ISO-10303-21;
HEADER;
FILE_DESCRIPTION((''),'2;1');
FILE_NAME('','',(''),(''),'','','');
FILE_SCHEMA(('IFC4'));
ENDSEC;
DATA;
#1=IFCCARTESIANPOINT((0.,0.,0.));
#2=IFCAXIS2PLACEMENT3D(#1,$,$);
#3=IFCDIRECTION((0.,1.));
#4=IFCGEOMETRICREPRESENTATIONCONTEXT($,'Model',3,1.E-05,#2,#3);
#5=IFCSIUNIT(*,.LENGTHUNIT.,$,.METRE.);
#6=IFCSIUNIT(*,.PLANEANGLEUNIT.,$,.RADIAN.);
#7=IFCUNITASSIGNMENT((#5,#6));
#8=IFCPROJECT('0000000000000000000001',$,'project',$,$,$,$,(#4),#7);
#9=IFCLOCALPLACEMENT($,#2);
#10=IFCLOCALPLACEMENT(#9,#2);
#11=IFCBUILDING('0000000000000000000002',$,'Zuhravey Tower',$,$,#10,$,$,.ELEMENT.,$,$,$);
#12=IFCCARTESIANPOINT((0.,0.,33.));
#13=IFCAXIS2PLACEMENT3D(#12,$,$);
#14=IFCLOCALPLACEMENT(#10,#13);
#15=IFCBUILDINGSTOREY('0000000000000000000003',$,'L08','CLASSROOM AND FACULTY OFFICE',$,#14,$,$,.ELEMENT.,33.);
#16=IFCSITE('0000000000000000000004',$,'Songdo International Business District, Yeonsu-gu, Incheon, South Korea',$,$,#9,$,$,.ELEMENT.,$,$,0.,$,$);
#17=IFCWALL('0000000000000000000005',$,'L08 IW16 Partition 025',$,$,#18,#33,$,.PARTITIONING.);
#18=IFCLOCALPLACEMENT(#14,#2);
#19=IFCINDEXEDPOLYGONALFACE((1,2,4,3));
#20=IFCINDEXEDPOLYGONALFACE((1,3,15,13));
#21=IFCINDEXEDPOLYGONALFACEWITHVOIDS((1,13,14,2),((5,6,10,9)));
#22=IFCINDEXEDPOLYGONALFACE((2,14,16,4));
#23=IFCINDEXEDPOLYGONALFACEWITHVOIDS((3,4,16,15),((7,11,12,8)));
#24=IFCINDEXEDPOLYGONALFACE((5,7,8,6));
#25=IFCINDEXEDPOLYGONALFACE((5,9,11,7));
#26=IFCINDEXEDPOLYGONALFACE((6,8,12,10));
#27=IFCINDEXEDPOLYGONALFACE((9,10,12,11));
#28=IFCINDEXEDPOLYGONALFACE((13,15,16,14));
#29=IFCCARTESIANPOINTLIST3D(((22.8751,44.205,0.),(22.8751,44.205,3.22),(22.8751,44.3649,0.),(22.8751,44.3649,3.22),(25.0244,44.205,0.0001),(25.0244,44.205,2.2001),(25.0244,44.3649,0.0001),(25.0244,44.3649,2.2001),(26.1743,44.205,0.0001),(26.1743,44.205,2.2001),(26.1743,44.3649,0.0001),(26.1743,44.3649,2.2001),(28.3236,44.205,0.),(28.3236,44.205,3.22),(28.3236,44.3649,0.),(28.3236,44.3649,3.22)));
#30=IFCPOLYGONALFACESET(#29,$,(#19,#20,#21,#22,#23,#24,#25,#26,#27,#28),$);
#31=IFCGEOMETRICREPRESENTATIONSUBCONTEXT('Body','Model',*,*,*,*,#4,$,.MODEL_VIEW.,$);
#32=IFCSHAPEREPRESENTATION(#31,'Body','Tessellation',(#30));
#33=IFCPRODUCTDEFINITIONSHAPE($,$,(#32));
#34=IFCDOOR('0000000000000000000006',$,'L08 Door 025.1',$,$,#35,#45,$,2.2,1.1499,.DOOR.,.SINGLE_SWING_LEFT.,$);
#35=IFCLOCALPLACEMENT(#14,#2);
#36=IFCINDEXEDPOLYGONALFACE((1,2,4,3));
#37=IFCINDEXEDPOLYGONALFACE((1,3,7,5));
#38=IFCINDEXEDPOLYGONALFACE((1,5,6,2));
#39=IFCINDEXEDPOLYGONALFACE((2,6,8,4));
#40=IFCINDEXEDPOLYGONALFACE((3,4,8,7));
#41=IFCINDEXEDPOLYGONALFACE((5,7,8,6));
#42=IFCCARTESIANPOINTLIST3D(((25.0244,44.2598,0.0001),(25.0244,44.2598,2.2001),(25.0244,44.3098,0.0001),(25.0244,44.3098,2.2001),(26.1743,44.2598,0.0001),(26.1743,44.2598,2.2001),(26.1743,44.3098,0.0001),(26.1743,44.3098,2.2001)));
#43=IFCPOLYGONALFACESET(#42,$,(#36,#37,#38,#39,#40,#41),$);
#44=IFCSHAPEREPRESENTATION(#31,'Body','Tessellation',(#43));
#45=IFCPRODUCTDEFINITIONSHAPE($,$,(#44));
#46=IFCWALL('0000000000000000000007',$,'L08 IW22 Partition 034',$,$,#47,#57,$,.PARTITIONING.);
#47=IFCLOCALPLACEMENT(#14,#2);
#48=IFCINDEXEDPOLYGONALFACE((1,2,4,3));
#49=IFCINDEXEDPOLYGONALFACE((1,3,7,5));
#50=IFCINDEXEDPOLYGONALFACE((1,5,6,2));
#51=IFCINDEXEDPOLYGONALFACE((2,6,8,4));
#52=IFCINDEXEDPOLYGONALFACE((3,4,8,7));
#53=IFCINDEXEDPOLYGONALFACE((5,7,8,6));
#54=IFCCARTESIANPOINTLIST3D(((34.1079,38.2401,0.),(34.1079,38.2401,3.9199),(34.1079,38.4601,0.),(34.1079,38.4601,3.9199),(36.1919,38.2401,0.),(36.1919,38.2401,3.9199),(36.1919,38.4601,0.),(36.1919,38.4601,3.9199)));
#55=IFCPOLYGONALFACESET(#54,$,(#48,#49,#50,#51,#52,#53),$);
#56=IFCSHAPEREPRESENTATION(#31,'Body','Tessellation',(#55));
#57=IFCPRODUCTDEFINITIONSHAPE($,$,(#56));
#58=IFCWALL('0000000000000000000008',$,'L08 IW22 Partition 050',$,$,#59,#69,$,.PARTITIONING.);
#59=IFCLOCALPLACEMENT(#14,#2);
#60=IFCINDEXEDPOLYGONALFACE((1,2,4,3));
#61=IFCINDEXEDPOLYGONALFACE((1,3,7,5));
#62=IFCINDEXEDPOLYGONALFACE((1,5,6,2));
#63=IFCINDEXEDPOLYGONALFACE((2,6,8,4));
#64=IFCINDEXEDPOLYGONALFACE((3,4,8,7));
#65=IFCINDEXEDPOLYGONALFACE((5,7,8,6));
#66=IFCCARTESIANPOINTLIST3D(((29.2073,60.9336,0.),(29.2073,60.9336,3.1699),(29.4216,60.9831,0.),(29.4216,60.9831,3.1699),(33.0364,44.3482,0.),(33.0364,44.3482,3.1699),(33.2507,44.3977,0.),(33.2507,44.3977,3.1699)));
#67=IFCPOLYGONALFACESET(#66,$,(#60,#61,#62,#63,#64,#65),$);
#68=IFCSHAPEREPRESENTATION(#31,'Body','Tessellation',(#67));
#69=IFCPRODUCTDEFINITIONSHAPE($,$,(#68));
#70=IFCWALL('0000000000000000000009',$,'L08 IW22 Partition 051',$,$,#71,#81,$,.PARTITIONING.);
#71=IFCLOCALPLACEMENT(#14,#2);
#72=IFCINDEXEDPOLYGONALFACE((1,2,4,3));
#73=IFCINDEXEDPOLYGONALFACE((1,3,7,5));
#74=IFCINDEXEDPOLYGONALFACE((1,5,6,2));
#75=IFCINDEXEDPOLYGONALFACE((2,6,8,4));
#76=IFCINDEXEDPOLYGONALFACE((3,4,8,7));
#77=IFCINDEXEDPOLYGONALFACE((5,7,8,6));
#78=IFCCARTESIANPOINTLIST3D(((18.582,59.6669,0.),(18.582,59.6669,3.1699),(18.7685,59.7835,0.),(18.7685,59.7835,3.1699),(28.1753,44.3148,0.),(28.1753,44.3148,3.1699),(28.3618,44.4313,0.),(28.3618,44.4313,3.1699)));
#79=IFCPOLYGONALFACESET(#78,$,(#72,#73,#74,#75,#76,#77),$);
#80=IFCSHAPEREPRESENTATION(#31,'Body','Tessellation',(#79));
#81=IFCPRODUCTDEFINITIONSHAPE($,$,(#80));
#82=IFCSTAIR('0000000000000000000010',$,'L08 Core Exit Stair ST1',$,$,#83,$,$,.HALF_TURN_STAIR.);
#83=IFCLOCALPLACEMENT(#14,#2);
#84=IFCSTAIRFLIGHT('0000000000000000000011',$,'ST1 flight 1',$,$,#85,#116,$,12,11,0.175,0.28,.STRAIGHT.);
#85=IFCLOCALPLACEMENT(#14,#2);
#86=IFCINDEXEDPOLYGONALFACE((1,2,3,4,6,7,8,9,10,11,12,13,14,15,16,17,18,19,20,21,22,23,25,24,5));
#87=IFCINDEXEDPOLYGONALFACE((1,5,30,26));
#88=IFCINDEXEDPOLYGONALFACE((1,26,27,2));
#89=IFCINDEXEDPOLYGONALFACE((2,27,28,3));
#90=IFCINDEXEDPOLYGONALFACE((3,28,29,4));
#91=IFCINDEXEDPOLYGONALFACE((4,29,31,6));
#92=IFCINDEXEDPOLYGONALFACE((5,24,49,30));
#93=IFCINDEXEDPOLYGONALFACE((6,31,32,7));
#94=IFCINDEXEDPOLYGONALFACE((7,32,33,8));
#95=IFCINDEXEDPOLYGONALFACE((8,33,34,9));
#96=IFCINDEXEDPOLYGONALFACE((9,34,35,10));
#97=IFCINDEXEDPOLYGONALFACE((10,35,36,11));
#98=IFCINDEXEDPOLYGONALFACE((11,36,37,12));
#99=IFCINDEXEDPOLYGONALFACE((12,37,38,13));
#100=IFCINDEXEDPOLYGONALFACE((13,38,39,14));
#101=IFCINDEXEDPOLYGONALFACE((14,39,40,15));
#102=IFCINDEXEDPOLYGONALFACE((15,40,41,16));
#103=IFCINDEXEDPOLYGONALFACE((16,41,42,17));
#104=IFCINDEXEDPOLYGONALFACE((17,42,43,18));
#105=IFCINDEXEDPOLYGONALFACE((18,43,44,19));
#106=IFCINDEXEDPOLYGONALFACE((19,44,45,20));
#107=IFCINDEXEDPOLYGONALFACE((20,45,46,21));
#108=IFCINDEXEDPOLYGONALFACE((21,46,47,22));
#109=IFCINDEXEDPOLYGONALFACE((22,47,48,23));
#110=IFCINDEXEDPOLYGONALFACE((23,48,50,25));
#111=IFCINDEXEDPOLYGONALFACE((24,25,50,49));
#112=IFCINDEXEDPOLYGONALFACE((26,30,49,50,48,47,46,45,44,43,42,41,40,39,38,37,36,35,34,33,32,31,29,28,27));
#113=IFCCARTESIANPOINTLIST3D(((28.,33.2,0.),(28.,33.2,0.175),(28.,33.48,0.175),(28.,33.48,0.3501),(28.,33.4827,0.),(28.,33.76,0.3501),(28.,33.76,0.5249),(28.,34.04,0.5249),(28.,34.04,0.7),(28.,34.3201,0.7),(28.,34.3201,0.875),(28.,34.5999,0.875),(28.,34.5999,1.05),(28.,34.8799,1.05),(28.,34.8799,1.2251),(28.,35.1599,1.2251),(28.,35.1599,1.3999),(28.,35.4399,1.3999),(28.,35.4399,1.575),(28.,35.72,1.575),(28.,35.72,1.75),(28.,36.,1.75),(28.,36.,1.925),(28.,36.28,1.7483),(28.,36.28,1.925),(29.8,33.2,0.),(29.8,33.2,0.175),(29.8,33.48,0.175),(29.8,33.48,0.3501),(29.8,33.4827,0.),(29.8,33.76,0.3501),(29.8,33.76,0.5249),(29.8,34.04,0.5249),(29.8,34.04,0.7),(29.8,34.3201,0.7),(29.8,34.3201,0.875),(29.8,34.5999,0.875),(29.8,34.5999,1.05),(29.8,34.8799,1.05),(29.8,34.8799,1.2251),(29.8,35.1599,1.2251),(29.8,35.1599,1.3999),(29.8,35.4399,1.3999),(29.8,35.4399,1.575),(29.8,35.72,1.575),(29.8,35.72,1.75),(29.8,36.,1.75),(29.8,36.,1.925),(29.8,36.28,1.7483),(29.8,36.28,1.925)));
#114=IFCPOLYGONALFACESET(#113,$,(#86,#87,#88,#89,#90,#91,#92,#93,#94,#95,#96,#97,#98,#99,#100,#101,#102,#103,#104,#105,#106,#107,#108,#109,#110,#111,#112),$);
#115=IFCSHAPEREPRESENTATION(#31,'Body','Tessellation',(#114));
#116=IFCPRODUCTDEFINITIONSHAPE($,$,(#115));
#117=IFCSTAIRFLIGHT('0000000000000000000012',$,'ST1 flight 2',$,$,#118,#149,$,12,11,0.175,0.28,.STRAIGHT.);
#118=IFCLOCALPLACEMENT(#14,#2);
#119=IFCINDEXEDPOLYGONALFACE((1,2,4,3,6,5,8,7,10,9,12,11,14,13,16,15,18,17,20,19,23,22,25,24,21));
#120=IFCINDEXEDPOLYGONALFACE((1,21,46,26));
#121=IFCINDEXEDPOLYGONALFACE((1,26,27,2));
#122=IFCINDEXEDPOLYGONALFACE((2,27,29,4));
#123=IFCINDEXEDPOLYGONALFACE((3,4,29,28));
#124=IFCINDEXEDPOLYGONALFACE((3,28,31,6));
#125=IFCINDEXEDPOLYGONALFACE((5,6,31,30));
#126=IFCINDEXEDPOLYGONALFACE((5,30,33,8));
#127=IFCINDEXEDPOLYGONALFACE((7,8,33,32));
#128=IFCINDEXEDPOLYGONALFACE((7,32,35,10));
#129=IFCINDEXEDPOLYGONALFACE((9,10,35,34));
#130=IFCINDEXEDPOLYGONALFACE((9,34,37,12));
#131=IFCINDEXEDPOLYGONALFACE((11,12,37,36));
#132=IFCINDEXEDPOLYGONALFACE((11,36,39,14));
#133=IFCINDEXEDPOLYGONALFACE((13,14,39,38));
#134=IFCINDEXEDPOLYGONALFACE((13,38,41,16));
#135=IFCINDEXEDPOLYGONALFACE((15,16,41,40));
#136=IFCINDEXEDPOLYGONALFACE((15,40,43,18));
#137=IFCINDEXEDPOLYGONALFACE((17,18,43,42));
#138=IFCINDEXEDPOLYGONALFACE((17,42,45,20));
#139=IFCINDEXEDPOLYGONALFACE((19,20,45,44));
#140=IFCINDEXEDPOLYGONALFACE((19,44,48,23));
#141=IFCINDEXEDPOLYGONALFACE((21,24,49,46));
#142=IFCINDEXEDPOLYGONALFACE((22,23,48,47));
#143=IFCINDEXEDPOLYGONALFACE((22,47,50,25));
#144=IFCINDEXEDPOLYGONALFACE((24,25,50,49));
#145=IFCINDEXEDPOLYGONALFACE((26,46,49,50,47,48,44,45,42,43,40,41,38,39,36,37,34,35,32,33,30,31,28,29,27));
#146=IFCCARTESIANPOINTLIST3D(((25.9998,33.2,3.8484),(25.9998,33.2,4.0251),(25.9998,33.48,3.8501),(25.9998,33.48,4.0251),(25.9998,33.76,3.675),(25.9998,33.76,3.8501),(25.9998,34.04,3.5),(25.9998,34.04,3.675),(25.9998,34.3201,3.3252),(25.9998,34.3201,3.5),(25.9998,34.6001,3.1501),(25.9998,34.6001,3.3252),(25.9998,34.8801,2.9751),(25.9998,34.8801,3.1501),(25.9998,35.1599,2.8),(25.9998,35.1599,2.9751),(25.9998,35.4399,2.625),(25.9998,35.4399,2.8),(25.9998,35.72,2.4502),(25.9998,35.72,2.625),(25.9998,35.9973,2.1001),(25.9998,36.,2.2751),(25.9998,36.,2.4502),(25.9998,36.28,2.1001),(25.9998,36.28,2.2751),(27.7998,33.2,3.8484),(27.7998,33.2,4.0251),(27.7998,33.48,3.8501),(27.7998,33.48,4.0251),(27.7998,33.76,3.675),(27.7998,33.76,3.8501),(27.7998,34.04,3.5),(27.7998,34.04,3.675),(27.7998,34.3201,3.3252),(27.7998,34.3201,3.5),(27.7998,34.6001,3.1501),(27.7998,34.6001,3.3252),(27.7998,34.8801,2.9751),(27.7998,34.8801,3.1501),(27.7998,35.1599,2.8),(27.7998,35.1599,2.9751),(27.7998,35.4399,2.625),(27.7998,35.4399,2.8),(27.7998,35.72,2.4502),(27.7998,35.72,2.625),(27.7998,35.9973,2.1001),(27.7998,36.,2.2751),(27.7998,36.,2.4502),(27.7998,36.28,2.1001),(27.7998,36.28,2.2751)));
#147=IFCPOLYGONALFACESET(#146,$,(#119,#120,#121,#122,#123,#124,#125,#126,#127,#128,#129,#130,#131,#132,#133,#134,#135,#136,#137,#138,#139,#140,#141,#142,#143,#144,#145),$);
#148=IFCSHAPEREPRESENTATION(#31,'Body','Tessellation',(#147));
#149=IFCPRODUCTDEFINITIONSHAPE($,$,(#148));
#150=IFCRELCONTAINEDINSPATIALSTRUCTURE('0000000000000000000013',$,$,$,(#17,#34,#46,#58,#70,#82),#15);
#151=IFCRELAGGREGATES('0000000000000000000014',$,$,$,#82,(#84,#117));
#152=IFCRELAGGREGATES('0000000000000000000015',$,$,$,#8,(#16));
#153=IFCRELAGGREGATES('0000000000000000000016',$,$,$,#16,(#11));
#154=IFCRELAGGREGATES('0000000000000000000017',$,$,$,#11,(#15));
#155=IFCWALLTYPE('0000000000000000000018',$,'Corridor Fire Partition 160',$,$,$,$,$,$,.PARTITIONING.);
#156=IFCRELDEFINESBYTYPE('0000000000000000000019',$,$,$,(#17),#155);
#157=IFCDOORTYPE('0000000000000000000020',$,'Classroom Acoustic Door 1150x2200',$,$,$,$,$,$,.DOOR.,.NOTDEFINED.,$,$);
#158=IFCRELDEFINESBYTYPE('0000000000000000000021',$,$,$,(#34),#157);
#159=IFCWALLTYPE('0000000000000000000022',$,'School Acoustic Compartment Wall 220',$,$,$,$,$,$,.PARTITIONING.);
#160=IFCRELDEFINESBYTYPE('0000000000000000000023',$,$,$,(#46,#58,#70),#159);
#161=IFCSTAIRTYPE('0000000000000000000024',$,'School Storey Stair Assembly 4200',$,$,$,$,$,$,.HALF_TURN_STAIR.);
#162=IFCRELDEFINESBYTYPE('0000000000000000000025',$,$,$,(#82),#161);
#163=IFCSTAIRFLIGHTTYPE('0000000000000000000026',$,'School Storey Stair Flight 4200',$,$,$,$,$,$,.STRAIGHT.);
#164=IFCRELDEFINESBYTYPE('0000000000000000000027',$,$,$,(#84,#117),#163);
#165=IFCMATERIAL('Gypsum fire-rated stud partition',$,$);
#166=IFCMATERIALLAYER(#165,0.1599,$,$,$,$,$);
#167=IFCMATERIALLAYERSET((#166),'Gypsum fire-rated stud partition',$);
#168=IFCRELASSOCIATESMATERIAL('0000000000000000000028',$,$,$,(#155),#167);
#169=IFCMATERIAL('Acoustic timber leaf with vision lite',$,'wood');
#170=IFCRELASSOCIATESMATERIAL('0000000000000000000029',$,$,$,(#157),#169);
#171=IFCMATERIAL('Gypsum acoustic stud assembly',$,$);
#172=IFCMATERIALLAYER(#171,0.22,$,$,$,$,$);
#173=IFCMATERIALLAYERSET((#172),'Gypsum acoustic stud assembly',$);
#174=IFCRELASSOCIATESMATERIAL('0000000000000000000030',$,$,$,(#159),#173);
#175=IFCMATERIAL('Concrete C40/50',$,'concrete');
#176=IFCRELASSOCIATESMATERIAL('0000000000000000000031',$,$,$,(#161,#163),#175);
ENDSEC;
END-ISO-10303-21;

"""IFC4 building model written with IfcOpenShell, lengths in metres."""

from ifc_helpers import new_model, si_unit, direction, frame, frame_2d, origin, place, context, subcontext, project, spatial, polyline, rectangle, outline, extrude, material, layer, layer_set, type_object, element, fill, aggregate, save


model = new_model("IFC4")

# Units and contexts
model_context = context("Model", 3, precision=1e-05, world=origin(), true_north=direction((0.0, 1.0)))
body_context = subcontext(model_context, "Body", "Model", "MODEL_VIEW")
ifc_project = project(units=[si_unit("LENGTHUNIT", "METRE"), si_unit("PLANEANGLEUNIT", "RADIAN")], contexts=[model_context])

# Site, building, storey
site_placement = place(None, origin())
site = spatial("IfcSite", under=ifc_project, at=site_placement, Name="Songdo International Business District, Yeonsu-gu, Incheon, South Korea", CompositionType="ELEMENT", RefElevation=0.0)
building_placement = place(site_placement, origin())
building = spatial("IfcBuilding", under=site, at=building_placement, Name="Zuhravey Tower", CompositionType="ELEMENT")
storey_placement = place(building_placement, frame((0.0, 0.0, 33.0)))
storey = spatial("IfcBuildingStorey", under=building, at=storey_placement, Name="L08", Description="CLASSROOM AND FACULTY OFFICE", CompositionType="ELEMENT", Elevation=33.0)

# Wall, opening, door
ifc_material_1 = material(Name="Gypsum fire-rated stud partition")
ifc_layer_1 = layer(ifc_material_1, 0.1599)
ifc_layer_set_1 = layer_set([ifc_layer_1], Name="Gypsum fire-rated stud partition")
wall_type_1 = type_object("IfcWallType", Name="Corridor Fire Partition 160", PredefinedType="PARTITIONING", material=ifc_layer_set_1)
ifc_material_2 = material(Name="Acoustic timber leaf with vision lite", Category="wood")
door_type = type_object("IfcDoorType", Name="Classroom Acoustic Door 1150x2200", OperationType="NOTDEFINED", PredefinedType="DOOR", material=ifc_material_2)
wall_1_placement = place(storey_placement, frame((28.3235, 44.2849, 0.0), z_axis=(0.0, 0.0, 1.0), x_axis=(-1.0, 0.0, 0.0)))
wall_1 = element("IfcWall", 1, at=wall_1_placement, inside=storey, type_object=wall_type_1, Name="L08 IW16 Partition 025", PredefinedType="PARTITIONING", context=body_context, shape_type="SweptSolid", body=[
    extrude(rectangle(XDim=5.4485, YDim=0.1599, at=frame_2d((2.7241, 0.0))), origin(), (0.0, 0.0, 1.0), 3.22),
])
opening_1_placement = place(wall_1_placement, frame((2.1492, 0.0, 0.0)))
opening_1 = element("IfcOpeningElement", 2, at=opening_1_placement, cuts=wall_1, PredefinedType="OPENING", context=body_context, shape_type="SweptSolid", body=[
    extrude(rectangle(XDim=1.1499, YDim=2.2, at=frame_2d((0.575, 1.1001))), frame((0.0, 0.092, 0.0), z_axis=(0.0, -1.0, 0.0), x_axis=(1.0, 0.0, 0.0)), (0.0, 0.0, 1.0), 0.1838),
])
door_1_placement = place(opening_1_placement, frame((1.1499, 0.0, 0.0), z_axis=(0.0, 0.0, 1.0), x_axis=(-1.0, 0.0, 0.0)))
door_1 = element("IfcDoor", 3, at=door_1_placement, inside=storey, type_object=door_type, Name="L08 Door 025.1", OperationType="SINGLE_SWING_LEFT", OverallHeight=2.2, OverallWidth=1.1499, PredefinedType="DOOR", context=body_context, shape_type="SweptSolid", body=[
    extrude(rectangle(XDim=1.1499, YDim=2.2, at=frame_2d((0.575, 1.1001))), frame((0.0, 0.0249, 0.0), z_axis=(0.0, -1.0, 0.0), x_axis=(1.0, 0.0, 0.0)), (0.0, 0.0, 1.0), 0.05),
])
fill(opening_1, door_1)

# Walls
ifc_material_3 = material(Name="Gypsum acoustic stud assembly")
ifc_layer_2 = layer(ifc_material_3, 0.22)
ifc_layer_set_2 = layer_set([ifc_layer_2], Name="Gypsum acoustic stud assembly")
wall_type_2 = type_object("IfcWallType", Name="School Acoustic Compartment Wall 220", PredefinedType="PARTITIONING", material=ifc_layer_set_2)
wall_2_placement = place(storey_placement, frame((34.1079, 38.3501, 0.0), z_axis=(0.0, 0.0, 1.0), x_axis=(1.0, 0.0, 0.0)))
element("IfcWall", 4, at=wall_2_placement, inside=storey, type_object=wall_type_2, Name="L08 IW22 Partition 034", PredefinedType="PARTITIONING", context=body_context, shape_type="SweptSolid", body=[
    extrude(rectangle(XDim=2.084, YDim=0.22, at=frame_2d((1.042, 0.0))), origin(), (0.0, 0.0, 1.0), 3.9199),
])
wall_3_placement = place(storey_placement, frame((33.1436, 44.373, 0.0), z_axis=(0.0, 0.0, 1.0), x_axis=(-0.224954, 0.974369, 0.0)))
element("IfcWall", 5, at=wall_3_placement, inside=storey, type_object=wall_type_2, Name="L08 IW22 Partition 050", PredefinedType="PARTITIONING", context=body_context, shape_type="SweptSolid", body=[
    extrude(rectangle(XDim=17.0217, YDim=0.22, at=frame_2d((8.5107, 0.0))), origin(), (0.0, 0.0, 1.0), 3.1699),
])
wall_4_placement = place(storey_placement, frame((28.2686, 44.373, 0.0), z_axis=(0.0, 0.0, 1.0), x_axis=(-0.529929, 0.848042, 0.0)))
element("IfcWall", 6, at=wall_4_placement, inside=storey, type_object=wall_type_2, Name="L08 IW22 Partition 051", PredefinedType="PARTITIONING", context=body_context, shape_type="SweptSolid", body=[
    extrude(rectangle(XDim=18.103, YDim=0.22, at=frame_2d((9.0515, 0.0))), origin(), (0.0, 0.0, 1.0), 3.1699),
])

# Stair, stair flights
ifc_material_4 = material(Name="Concrete C40/50", Category="concrete")
stair_type = type_object("IfcStairType", Name="School Storey Stair Assembly 4200", PredefinedType="HALF_TURN_STAIR", material=ifc_material_4)
stair_1_placement = place(storey_placement, origin())
stair_1 = element("IfcStair", 7, at=stair_1_placement, inside=storey, type_object=stair_type, Name="L08 Core Exit Stair ST1", PredefinedType="HALF_TURN_STAIR")
stair_flight_type = type_object("IfcStairFlightType", Name="School Storey Stair Flight 4200", PredefinedType="STRAIGHT", material=ifc_material_4)
stair_flight_1_placement = place(storey_placement, frame((28.8999, 33.2, 0.0), z_axis=(0.0, 0.0, 1.0), x_axis=(0.0, 1.0, 0.0)))
stair_flight_1 = element("IfcStairFlight", 8, at=stair_flight_1_placement, type_object=stair_flight_type, Name="ST1 flight 1", NumberOfRisers=12, NumberOfTreads=11, PredefinedType="STRAIGHT", RiserHeight=0.175, TreadLength=0.28, context=body_context, shape_type="SweptSolid", body=[
    extrude(outline(polyline([(0.0, 0.0), (0.0, 0.175), (0.28, 0.175), (0.28, 0.3501), (0.5601, 0.3501), (0.5601, 0.5249), (0.8401, 0.5249), (0.8401, 0.7), (1.1201, 0.7), (1.1201, 0.875), (1.3999, 0.875), (1.3999, 1.05), (1.6799, 1.05), (1.6799, 1.2251), (1.96, 1.2251), (1.96, 1.3999), (2.24, 1.3999), (2.24, 1.575), (2.52, 1.575), (2.52, 1.75), (2.8, 1.75), (2.8, 1.925), (3.0801, 1.925), (3.0801, 2.1001), (3.0801, 1.7483), (0.2827, 0.0), (0.0, 0.0)])), frame((0.0, 0.8999, 0.0), z_axis=(0.0, -1.0, 0.0), x_axis=(1.0, 0.0, 0.0)), (0.0, 0.0, 1.0), 1.8),
])
stair_flight_2_placement = place(storey_placement, frame((26.8999, 36.28, 2.1001), z_axis=(0.0, 0.0, 1.0), x_axis=(0.0, -1.0, 0.0)))
stair_flight_2 = element("IfcStairFlight", 9, at=stair_flight_2_placement, type_object=stair_flight_type, Name="ST1 flight 2", NumberOfRisers=12, NumberOfTreads=11, PredefinedType="STRAIGHT", RiserHeight=0.175, TreadLength=0.28, context=body_context, shape_type="SweptSolid", body=[
    extrude(outline(polyline([(0.0, 0.0), (0.0, 0.175), (0.28, 0.175), (0.28, 0.3501), (0.5601, 0.3501), (0.5601, 0.5249), (0.8401, 0.5249), (0.8401, 0.7), (1.1201, 0.7), (1.1201, 0.875), (1.3999, 0.875), (1.3999, 1.05), (1.6799, 1.05), (1.6799, 1.2251), (1.96, 1.2251), (1.96, 1.3999), (2.24, 1.3999), (2.24, 1.575), (2.52, 1.575), (2.52, 1.75), (2.8, 1.75), (2.8, 1.925), (3.0801, 1.925), (3.0801, 2.1001), (3.0801, 1.7483), (0.2827, 0.0), (0.0, 0.0)])), frame((0.0, 0.8999, 0.0), z_axis=(0.0, -1.0, 0.0), x_axis=(1.0, 0.0, 0.0)), (0.0, 0.0, 1.0), 1.8),
])
aggregate(stair_1, [stair_flight_1, stair_flight_2])

save(model, "model.ifc")
